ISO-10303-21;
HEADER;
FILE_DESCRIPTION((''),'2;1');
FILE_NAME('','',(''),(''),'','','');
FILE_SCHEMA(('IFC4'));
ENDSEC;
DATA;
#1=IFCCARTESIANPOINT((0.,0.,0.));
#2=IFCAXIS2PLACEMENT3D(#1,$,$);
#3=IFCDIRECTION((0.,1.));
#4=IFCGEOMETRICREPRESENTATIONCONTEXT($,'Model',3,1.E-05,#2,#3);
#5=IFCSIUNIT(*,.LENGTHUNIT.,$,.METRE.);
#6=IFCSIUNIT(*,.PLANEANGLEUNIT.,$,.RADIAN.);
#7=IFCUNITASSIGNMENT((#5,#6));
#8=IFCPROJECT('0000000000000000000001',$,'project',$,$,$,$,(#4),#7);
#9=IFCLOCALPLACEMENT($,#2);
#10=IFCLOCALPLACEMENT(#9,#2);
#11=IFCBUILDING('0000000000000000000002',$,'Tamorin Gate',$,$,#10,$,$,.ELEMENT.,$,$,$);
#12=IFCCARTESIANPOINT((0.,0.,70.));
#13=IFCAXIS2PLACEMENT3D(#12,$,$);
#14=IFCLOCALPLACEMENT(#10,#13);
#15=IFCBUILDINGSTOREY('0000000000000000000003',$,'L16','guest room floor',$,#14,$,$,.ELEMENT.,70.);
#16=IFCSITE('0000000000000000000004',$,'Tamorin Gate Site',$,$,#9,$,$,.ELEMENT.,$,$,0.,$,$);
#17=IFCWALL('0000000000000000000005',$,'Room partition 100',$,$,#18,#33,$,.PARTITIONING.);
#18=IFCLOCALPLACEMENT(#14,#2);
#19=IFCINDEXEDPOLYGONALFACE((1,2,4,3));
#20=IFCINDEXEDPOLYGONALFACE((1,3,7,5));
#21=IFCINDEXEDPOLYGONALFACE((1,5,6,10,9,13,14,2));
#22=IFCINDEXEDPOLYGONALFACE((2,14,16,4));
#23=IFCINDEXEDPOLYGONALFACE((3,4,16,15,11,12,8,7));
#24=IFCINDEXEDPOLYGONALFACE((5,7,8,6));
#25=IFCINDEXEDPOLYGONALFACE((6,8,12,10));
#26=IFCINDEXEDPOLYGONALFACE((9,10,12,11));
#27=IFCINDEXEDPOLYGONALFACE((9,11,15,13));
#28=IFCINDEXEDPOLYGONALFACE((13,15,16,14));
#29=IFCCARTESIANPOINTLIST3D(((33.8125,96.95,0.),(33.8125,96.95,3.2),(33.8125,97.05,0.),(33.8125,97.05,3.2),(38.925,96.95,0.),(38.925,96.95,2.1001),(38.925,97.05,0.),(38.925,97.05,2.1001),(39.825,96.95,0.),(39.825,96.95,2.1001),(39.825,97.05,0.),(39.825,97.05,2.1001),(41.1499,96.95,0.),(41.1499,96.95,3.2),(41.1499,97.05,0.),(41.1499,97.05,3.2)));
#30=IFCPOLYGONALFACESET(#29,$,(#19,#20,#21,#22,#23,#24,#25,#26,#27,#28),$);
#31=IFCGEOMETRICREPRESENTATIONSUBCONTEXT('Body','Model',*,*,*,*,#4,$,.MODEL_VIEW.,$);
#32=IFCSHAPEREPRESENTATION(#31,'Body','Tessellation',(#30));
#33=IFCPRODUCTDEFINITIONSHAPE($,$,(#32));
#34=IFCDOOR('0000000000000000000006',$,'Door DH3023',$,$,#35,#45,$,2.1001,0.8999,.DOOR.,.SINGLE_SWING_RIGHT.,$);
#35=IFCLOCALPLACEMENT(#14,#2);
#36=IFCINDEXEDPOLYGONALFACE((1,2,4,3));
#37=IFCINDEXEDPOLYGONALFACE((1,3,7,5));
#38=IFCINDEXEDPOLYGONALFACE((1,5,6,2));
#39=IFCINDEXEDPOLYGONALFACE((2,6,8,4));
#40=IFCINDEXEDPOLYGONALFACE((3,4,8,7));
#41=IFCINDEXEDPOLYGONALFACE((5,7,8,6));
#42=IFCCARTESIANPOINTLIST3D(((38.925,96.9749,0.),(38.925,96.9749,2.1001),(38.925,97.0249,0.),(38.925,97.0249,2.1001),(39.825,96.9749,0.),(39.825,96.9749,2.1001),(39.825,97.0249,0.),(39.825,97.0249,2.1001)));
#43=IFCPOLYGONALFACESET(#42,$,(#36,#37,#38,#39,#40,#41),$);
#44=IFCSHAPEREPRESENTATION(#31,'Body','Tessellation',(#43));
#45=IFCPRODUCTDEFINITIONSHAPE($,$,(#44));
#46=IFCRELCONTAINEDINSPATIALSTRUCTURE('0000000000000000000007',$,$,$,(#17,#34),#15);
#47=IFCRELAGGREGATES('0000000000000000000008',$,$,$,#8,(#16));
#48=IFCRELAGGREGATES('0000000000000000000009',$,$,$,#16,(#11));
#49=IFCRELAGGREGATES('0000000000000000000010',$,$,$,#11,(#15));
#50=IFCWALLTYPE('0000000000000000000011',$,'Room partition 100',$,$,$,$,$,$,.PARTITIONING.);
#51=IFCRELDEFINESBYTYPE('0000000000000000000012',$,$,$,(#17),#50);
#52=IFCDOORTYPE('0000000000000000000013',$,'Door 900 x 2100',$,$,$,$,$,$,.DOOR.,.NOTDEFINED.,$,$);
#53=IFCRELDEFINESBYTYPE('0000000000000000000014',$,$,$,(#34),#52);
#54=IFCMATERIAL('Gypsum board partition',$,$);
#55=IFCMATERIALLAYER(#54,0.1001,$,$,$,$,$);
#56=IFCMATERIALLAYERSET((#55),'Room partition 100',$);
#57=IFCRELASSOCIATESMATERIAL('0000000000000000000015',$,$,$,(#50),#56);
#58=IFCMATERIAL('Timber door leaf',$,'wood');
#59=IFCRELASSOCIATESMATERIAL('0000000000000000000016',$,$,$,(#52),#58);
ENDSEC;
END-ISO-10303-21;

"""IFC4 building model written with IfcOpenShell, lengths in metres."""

from ifc_helpers import new_model, si_unit, direction, frame, frame_2d, origin, place, context, subcontext, project, spatial, rectangle, extrude, material, layer, layer_set, type_object, element, fill, save


model = new_model("IFC4")

# Units and contexts
model_context = context("Model", 3, precision=1e-05, world=origin(), true_north=direction((0.0, 1.0)))
body_context = subcontext(model_context, "Body", "Model", "MODEL_VIEW")
ifc_project = project(units=[si_unit("LENGTHUNIT", "METRE"), si_unit("PLANEANGLEUNIT", "RADIAN")], contexts=[model_context])

# Site, building, storey
site_placement = place(None, origin())
site = spatial("IfcSite", under=ifc_project, at=site_placement, Name="Tamorin Gate Site", CompositionType="ELEMENT", RefElevation=0.0)
building_placement = place(site_placement, origin())
building = spatial("IfcBuilding", under=site, at=building_placement, Name="Tamorin Gate", CompositionType="ELEMENT")
storey_placement = place(building_placement, frame((0.0, 0.0, 70.0)))
storey = spatial("IfcBuildingStorey", under=building, at=storey_placement, Name="L16", Description="guest room floor", CompositionType="ELEMENT", Elevation=70.0)

# Wall, opening, door
ifc_material_1 = material(Name="Gypsum board partition")
ifc_layer_1 = layer(ifc_material_1, 0.1001)
ifc_layer_set_1 = layer_set([ifc_layer_1], Name="Room partition 100")
wall_type_1 = type_object("IfcWallType", Name="Room partition 100", PredefinedType="PARTITIONING", material=ifc_layer_set_1)
wall_1_placement = place(storey_placement, frame((33.8125, 97.0, 0.0), z_axis=(0.0, 0.0, 1.0), x_axis=(1.0, 0.0, 0.0)))
wall_1 = element("IfcWall", 1, at=wall_1_placement, inside=storey, type_object=wall_type_1, Name="Room partition 100", PredefinedType="PARTITIONING", context=body_context, shape_type="SweptSolid", body=[
    extrude(rectangle(XDim=7.3374, YDim=0.1001, at=frame_2d((3.6687, 0.0))), origin(), (0.0, 0.0, 1.0), 3.2),
])
opening_1_placement = place(wall_1_placement, frame((5.1125, 0.0, 0.0)))
opening_1 = element("IfcOpeningElement", 2, at=opening_1_placement, cuts=wall_1, PredefinedType="OPENING", context=body_context, shape_type="SweptSolid", body=[
    extrude(rectangle(XDim=0.8999, YDim=2.1001, at=frame_2d((0.45, 1.05))), frame((0.0, 0.0601, 0.0), z_axis=(0.0, -1.0, 0.0), x_axis=(1.0, 0.0, 0.0)), (0.0, 0.0, 1.0), 0.1201),
])
ifc_material_2 = material(Name="Timber door leaf", Category="wood")
door_type = type_object("IfcDoorType", Name="Door 900 x 2100", OperationType="NOTDEFINED", PredefinedType="DOOR", material=ifc_material_2)
door_placement = place(opening_1_placement, origin())
door = element("IfcDoor", 3, at=door_placement, inside=storey, type_object=door_type, Name="Door DH3023", OperationType="SINGLE_SWING_RIGHT", OverallHeight=2.1001, OverallWidth=0.8999, PredefinedType="DOOR", context=body_context, shape_type="SweptSolid", body=[
    extrude(rectangle(XDim=0.8999, YDim=2.1001, at=frame_2d((0.45, 1.05))), frame((0.0, 0.0249, 0.0), z_axis=(0.0, -1.0, 0.0), x_axis=(1.0, 0.0, 0.0)), (0.0, 0.0, 1.0), 0.05),
])
fill(opening_1, door)

save(model, "model.ifc")
